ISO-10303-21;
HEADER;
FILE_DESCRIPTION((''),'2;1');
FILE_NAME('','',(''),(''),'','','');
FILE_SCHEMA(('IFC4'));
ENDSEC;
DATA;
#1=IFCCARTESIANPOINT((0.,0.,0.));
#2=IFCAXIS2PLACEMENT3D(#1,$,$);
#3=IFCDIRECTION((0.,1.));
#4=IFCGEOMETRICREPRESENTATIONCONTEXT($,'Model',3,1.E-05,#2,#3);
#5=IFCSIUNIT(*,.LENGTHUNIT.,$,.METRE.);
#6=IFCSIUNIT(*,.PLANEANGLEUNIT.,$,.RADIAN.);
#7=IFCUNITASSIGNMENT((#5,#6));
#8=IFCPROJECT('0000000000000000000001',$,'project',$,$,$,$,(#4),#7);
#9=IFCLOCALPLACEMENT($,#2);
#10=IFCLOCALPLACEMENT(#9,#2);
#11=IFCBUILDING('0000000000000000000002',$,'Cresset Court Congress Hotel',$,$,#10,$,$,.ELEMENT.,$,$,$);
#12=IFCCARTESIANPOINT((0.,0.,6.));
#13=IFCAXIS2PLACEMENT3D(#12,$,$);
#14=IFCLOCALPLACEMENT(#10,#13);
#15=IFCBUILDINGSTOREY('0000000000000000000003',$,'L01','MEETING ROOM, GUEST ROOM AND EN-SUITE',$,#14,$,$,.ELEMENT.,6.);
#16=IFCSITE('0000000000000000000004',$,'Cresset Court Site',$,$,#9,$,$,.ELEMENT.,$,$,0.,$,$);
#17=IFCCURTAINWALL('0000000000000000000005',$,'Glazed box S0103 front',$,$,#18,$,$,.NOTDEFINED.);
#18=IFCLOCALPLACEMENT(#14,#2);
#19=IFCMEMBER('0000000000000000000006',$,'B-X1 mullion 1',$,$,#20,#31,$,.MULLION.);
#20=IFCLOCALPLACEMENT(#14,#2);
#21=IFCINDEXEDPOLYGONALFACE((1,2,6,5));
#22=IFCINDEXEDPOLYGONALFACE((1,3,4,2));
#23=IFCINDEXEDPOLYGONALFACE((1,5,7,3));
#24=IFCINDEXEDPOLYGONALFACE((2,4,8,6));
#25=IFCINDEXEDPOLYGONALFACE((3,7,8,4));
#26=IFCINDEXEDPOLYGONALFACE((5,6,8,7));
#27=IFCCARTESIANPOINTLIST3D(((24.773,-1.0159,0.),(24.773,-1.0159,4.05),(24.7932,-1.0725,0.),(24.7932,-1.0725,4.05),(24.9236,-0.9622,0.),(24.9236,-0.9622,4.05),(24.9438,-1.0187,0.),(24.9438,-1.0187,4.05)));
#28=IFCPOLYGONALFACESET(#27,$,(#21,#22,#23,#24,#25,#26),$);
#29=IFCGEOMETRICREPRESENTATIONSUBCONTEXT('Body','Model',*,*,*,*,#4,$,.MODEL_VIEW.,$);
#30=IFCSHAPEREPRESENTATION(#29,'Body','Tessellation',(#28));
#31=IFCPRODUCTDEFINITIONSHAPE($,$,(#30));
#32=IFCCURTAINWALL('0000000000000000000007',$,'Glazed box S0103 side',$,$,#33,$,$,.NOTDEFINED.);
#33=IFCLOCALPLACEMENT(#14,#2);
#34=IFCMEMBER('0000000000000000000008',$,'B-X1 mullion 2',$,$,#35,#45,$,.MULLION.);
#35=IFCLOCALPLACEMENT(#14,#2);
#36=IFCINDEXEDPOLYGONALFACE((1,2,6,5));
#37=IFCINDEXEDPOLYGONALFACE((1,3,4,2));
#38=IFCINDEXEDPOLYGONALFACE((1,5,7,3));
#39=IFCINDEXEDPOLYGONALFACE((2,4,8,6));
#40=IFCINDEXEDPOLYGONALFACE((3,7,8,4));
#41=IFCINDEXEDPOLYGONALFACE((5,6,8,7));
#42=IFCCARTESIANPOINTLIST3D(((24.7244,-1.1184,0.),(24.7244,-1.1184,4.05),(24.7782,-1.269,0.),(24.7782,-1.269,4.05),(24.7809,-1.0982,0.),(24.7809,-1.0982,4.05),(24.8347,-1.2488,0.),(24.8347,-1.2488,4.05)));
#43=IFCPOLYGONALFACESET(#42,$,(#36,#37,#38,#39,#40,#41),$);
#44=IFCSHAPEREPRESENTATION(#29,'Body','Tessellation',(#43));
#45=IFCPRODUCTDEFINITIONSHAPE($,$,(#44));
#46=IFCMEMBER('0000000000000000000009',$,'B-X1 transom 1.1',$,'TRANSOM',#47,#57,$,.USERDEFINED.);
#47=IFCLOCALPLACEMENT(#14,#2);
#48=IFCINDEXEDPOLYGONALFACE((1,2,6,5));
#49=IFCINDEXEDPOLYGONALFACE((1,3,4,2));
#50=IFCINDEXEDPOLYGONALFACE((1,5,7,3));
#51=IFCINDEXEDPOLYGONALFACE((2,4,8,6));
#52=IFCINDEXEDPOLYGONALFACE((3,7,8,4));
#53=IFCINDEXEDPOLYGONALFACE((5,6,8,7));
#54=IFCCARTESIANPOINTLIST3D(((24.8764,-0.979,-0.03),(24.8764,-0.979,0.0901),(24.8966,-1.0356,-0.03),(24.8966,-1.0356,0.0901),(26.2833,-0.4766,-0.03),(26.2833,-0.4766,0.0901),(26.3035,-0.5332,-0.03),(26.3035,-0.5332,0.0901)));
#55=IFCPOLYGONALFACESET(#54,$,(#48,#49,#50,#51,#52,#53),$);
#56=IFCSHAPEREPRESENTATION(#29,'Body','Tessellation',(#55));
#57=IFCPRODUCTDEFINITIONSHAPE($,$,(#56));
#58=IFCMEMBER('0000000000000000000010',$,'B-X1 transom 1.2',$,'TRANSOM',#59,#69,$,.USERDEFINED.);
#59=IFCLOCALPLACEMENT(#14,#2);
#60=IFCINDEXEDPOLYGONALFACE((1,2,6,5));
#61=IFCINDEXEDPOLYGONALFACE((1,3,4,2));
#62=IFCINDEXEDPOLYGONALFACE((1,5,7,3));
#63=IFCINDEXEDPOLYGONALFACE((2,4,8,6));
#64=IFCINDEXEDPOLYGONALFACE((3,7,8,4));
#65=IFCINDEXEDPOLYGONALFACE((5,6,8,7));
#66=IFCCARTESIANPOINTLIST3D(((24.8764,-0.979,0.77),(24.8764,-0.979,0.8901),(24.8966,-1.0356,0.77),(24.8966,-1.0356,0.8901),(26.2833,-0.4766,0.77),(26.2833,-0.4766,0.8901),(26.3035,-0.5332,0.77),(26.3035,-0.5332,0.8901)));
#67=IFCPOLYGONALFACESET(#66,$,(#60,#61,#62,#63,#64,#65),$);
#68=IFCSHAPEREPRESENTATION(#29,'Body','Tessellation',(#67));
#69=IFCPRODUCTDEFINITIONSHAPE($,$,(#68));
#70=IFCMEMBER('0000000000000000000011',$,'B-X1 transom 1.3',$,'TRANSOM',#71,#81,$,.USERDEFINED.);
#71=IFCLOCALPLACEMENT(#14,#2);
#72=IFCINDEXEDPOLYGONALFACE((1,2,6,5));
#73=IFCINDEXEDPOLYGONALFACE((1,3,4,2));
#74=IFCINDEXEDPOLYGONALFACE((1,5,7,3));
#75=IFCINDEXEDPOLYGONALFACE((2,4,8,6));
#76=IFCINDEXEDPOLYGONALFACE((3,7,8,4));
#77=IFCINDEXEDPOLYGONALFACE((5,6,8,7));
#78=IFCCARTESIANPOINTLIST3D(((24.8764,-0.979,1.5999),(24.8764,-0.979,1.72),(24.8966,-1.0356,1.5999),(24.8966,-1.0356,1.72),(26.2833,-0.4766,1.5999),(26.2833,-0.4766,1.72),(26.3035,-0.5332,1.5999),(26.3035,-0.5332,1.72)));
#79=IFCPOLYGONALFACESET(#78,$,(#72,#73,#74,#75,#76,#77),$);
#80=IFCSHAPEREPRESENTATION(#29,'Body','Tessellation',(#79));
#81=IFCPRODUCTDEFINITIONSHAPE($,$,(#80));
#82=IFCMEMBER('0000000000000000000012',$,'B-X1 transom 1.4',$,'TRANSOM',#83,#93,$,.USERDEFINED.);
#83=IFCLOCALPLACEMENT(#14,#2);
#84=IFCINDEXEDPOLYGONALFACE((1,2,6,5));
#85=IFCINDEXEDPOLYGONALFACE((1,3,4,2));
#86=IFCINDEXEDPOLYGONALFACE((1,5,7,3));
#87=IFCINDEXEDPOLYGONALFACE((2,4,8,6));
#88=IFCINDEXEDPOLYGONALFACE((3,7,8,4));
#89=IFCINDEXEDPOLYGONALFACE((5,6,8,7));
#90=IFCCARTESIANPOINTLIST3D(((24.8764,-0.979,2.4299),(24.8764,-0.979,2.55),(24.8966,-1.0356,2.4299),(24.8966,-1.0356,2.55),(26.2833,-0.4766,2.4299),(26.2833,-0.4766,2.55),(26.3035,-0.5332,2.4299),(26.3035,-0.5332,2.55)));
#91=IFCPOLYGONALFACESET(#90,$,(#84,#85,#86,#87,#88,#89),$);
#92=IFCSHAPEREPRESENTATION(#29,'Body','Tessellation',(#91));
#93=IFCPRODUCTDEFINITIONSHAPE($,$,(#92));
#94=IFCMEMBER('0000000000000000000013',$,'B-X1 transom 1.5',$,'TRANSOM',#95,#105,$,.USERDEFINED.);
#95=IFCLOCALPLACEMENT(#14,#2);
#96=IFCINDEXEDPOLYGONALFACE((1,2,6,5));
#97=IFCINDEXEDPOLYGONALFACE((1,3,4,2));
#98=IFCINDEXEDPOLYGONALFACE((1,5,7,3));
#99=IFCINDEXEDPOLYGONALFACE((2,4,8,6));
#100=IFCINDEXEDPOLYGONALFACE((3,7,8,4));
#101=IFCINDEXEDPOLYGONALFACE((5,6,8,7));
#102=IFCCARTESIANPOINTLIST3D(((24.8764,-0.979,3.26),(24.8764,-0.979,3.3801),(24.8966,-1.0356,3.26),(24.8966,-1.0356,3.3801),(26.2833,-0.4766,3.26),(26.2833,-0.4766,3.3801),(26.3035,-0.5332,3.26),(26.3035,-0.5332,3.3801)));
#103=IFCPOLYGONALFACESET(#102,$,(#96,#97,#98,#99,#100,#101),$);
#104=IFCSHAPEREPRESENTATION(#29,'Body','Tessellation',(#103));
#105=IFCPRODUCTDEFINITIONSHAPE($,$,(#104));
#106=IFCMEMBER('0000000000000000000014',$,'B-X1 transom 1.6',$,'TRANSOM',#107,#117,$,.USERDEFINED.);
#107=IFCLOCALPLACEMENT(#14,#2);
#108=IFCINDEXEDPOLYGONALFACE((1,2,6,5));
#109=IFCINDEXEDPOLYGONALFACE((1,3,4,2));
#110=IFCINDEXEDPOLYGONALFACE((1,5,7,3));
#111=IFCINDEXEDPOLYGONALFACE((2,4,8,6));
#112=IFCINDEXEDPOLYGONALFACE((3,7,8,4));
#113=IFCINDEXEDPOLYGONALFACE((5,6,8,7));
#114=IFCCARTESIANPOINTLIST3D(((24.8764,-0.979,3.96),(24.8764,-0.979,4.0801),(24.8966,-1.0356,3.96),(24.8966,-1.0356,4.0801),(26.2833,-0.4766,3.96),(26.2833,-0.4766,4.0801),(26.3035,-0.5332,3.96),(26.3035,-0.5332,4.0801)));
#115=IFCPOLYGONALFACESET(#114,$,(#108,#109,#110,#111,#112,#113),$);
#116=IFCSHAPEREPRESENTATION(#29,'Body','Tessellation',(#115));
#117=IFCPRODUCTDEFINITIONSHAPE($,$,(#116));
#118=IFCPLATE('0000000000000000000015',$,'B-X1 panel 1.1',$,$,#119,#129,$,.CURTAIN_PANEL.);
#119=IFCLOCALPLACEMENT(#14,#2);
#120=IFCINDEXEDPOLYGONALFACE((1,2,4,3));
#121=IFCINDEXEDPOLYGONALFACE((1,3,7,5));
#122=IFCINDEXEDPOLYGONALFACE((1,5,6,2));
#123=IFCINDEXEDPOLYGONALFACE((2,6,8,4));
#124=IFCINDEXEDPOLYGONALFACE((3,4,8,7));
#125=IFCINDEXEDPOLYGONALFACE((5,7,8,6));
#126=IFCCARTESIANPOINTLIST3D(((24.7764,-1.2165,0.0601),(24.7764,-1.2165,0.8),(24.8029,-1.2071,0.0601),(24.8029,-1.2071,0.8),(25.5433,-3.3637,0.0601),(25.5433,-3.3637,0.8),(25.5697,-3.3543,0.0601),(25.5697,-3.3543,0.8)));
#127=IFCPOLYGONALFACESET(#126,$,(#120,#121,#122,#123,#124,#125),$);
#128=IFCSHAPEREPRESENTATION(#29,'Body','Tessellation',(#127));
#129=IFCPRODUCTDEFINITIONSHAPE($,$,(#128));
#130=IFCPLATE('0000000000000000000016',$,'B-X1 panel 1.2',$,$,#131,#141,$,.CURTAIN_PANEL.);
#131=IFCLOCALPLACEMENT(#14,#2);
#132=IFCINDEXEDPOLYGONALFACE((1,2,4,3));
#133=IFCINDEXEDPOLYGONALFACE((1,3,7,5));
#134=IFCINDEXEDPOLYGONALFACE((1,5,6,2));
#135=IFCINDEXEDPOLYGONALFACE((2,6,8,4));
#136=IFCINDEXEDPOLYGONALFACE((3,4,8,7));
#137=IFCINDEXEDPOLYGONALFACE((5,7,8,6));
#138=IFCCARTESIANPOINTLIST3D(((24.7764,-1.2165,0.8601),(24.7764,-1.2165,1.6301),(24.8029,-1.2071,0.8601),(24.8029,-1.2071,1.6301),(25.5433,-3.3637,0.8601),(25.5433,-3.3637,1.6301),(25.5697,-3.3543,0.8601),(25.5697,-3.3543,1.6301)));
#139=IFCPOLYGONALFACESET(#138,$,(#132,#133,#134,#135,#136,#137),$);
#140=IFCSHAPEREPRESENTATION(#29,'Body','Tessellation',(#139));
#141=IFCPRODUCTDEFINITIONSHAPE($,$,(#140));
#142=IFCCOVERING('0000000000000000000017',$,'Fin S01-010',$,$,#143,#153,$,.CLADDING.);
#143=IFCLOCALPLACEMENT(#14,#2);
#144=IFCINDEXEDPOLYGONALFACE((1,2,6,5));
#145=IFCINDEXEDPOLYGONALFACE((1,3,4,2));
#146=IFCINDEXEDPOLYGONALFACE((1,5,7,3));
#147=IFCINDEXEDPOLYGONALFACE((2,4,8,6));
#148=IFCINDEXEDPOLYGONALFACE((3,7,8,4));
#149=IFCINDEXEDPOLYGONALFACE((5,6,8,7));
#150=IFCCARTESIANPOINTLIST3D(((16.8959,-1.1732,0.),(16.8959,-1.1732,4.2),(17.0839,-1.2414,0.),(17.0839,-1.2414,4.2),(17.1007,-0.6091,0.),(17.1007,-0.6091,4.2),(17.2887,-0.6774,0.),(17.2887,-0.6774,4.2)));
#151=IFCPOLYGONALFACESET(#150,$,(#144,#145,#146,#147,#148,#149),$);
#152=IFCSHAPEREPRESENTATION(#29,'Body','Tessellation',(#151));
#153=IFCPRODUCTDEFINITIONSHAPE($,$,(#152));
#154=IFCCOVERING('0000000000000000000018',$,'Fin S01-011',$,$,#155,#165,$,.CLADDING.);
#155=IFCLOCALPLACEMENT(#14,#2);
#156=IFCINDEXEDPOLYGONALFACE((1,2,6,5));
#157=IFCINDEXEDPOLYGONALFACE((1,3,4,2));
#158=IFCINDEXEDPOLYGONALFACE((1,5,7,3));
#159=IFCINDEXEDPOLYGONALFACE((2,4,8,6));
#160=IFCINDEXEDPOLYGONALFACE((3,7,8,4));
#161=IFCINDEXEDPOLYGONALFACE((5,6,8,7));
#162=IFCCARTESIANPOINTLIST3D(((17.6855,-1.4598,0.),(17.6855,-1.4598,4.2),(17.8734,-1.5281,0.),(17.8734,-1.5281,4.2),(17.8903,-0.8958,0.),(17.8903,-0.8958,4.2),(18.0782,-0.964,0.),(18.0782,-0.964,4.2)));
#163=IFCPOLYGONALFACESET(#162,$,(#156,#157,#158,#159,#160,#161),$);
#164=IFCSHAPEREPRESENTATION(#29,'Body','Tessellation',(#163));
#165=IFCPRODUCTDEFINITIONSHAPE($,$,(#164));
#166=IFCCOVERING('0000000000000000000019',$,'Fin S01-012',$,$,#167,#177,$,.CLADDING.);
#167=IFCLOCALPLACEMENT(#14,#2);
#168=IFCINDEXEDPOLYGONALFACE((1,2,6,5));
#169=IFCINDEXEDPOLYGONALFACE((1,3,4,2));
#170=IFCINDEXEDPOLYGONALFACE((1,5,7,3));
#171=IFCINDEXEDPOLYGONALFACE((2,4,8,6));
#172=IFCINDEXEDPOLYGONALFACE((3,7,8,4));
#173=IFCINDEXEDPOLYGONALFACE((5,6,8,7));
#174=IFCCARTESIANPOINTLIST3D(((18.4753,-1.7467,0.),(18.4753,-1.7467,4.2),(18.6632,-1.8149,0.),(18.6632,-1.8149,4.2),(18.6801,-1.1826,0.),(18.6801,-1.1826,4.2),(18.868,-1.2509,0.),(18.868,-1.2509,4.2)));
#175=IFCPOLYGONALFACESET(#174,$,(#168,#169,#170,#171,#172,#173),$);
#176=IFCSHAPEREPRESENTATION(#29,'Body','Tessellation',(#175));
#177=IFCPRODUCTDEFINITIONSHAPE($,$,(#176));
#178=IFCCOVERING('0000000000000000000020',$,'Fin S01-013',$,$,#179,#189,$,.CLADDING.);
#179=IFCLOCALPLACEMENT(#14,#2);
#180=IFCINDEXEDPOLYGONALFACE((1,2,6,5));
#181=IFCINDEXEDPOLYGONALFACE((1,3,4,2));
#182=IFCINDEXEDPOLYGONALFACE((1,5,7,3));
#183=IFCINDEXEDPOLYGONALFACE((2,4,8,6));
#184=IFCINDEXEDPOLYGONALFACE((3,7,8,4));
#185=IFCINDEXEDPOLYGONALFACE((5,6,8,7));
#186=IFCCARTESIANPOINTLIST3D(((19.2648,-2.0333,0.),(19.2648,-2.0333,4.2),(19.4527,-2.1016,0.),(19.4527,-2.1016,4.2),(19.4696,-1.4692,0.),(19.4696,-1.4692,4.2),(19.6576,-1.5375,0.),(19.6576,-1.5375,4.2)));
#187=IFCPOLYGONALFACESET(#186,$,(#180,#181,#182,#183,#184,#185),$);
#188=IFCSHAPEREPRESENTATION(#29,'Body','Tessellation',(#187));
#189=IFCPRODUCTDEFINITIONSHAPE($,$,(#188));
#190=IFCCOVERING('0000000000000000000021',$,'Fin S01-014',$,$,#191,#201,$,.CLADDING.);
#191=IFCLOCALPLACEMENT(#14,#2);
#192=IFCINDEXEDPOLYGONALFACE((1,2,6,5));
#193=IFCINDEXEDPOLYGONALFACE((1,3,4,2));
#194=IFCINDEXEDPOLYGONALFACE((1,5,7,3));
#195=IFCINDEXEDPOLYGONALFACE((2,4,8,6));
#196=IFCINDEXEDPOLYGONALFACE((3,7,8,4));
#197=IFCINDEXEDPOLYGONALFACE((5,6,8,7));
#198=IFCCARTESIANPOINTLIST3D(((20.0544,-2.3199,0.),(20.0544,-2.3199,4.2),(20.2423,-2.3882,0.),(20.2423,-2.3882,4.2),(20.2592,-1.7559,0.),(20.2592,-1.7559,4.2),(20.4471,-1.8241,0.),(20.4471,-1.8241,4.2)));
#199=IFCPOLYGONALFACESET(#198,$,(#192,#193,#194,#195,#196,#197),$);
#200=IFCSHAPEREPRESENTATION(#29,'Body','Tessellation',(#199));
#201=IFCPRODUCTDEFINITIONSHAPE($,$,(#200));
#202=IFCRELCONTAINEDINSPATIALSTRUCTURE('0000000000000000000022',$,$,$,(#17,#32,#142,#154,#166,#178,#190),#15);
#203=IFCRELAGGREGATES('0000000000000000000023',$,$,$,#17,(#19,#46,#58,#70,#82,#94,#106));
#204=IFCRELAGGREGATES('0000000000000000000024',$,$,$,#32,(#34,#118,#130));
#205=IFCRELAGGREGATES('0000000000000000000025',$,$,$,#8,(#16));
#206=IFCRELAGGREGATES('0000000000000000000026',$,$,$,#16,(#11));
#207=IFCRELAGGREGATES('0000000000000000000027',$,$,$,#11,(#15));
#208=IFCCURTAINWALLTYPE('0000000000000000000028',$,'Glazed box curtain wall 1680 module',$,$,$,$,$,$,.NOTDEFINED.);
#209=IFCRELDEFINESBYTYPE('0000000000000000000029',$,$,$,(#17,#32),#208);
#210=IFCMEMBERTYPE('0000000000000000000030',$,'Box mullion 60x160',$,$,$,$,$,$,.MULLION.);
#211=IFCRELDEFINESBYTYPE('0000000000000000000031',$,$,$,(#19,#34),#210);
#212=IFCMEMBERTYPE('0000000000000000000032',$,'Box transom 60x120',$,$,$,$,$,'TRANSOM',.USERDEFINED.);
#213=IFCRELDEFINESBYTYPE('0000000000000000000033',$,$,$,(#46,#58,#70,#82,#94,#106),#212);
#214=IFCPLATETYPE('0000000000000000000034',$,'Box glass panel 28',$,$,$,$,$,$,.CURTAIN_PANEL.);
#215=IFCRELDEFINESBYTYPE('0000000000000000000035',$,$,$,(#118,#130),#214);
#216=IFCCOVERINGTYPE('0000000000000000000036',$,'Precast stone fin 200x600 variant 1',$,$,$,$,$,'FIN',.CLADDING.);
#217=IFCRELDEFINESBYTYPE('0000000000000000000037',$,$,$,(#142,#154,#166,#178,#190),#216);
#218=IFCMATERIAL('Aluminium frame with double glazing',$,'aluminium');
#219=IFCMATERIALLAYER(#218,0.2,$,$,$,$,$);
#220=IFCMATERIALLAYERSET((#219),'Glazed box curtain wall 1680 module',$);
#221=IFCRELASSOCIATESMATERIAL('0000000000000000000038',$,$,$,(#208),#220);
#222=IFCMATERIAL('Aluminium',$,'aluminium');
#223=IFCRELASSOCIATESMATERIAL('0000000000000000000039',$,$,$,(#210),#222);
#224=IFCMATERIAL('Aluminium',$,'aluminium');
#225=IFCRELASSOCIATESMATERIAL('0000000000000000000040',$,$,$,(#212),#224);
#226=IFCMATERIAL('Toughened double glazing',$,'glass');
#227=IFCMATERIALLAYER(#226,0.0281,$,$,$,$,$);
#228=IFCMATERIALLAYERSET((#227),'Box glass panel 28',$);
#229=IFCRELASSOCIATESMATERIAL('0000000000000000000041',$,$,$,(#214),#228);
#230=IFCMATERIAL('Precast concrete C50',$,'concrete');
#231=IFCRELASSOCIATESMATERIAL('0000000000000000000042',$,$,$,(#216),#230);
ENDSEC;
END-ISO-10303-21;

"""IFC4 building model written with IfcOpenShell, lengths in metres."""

from ifc_helpers import new_model, si_unit, direction, frame, origin, origin_2d, place, context, subcontext, project, spatial, rectangle, extrude, material, layer, layer_set, material_profile, profile_set, type_object, element, aggregate, save


model = new_model("IFC4")

# Units and contexts
model_context = context("Model", 3, precision=1e-05, world=origin(), true_north=direction((0.0, 1.0)))
body_context = subcontext(model_context, "Body", "Model", "MODEL_VIEW")
ifc_project = project(units=[si_unit("LENGTHUNIT", "METRE"), si_unit("PLANEANGLEUNIT", "RADIAN")], contexts=[model_context])

# Site, building, storey
site_placement = place(None, origin())
site = spatial("IfcSite", under=ifc_project, at=site_placement, Name="Cresset Court Site", CompositionType="ELEMENT", RefElevation=0.0)
building_placement = place(site_placement, origin())
building = spatial("IfcBuilding", under=site, at=building_placement, Name="Cresset Court Congress Hotel", CompositionType="ELEMENT")
storey_placement = place(building_placement, frame((0.0, 0.0, 6.0)))
storey = spatial("IfcBuildingStorey", under=building, at=storey_placement, Name="L01", Description="MEETING ROOM, GUEST ROOM AND EN-SUITE", CompositionType="ELEMENT", Elevation=6.0)

# Curtain walls, members
ifc_material_1 = material(Name="Aluminium frame with double glazing", Category="aluminium")
ifc_layer_1 = layer(ifc_material_1, 0.2)
ifc_layer_set_1 = layer_set([ifc_layer_1], Name="Glazed box curtain wall 1680 module")
curtain_wall_type = type_object("IfcCurtainWallType", Name="Glazed box curtain wall 1680 module", PredefinedType="NOTDEFINED", material=ifc_layer_set_1)
curtain_wall_1_placement = place(storey_placement, origin())
curtain_wall_1 = element("IfcCurtainWall", 1, at=curtain_wall_1_placement, inside=storey, type_object=curtain_wall_type, Name="Glazed box S0103 front", PredefinedType="NOTDEFINED")
ifc_material_2 = material(Name="Aluminium", Category="aluminium")
ifc_material_profile_1 = material_profile(ifc_material_2, rectangle(XDim=0.0601, YDim=0.1599, at=origin_2d()), Name="Box mullion 60x160")
ifc_profile_set_1 = profile_set([ifc_material_profile_1], Name="Aluminium")
member_type_1 = type_object("IfcMemberType", Name="Box mullion 60x160", PredefinedType="MULLION", material=ifc_profile_set_1)
member_1_placement = place(storey_placement, frame((24.8584, -1.0173, 0.0), z_axis=(0.0, 0.0, 1.0), x_axis=(-0.336336, 0.941742, 0.0)))
member_1 = element("IfcMember", 2, at=member_1_placement, type_object=member_type_1, Name="B-X1 mullion 1", PredefinedType="MULLION", context=body_context, shape_type="SweptSolid", body=[
    extrude(rectangle(XDim=0.0601, YDim=0.1599, at=origin_2d()), origin(), (0.0, 0.0, 1.0), 4.05),
])
curtain_wall_2_placement = place(storey_placement, origin())
curtain_wall_2 = element("IfcCurtainWall", 3, at=curtain_wall_2_placement, inside=storey, type_object=curtain_wall_type, Name="Glazed box S0103 side", PredefinedType="NOTDEFINED")
member_2_placement = place(storey_placement, frame((24.7795, -1.1836, 0.0), z_axis=(0.0, 0.0, 1.0), x_axis=(-0.941742, -0.336336, 0.0)))
member_2 = element("IfcMember", 4, at=member_2_placement, type_object=member_type_1, Name="B-X1 mullion 2", PredefinedType="MULLION", context=body_context, shape_type="SweptSolid", body=[
    extrude(rectangle(XDim=0.0601, YDim=0.1599, at=origin_2d()), origin(), (0.0, 0.0, 1.0), 4.05),
])

# Members
ifc_material_3 = material(Name="Aluminium", Category="aluminium")
ifc_material_profile_2 = material_profile(ifc_material_3, rectangle(XDim=0.0601, YDim=0.1201, at=origin_2d()), Name="Box transom 60x120")
ifc_profile_set_2 = profile_set([ifc_material_profile_2], Name="Aluminium")
member_type_2 = type_object("IfcMemberType", Name="Box transom 60x120", ElementType="TRANSOM", PredefinedType="USERDEFINED", material=ifc_profile_set_2)
member_3_placement = place(storey_placement, frame((24.8865, -1.0073, 0.03), z_axis=(0.941753, 0.336305, 0.0), x_axis=(-0.336305, 0.941753, 0.0)))
member_3 = element("IfcMember", 5, at=member_3_placement, type_object=member_type_2, Name="B-X1 transom 1.1", ObjectType="TRANSOM", PredefinedType="USERDEFINED", context=body_context, shape_type="SweptSolid", body=[
    extrude(rectangle(XDim=0.0601, YDim=0.1201, at=origin_2d()), origin(), (0.0, 0.0, 1.0), 1.4939),
])
member_4_placement = place(storey_placement, frame((24.8865, -1.0073, 0.8301), z_axis=(0.941753, 0.336305, 0.0), x_axis=(-0.336305, 0.941753, 0.0)))
member_4 = element("IfcMember", 6, at=member_4_placement, type_object=member_type_2, Name="B-X1 transom 1.2", ObjectType="TRANSOM", PredefinedType="USERDEFINED", context=body_context, shape_type="SweptSolid", body=[
    extrude(rectangle(XDim=0.0601, YDim=0.1201, at=origin_2d()), origin(), (0.0, 0.0, 1.0), 1.4939),
])
member_5_placement = place(storey_placement, frame((24.8865, -1.0073, 1.6599), z_axis=(0.941753, 0.336305, 0.0), x_axis=(-0.336305, 0.941753, 0.0)))
member_5 = element("IfcMember", 7, at=member_5_placement, type_object=member_type_2, Name="B-X1 transom 1.3", ObjectType="TRANSOM", PredefinedType="USERDEFINED", context=body_context, shape_type="SweptSolid", body=[
    extrude(rectangle(XDim=0.0601, YDim=0.1201, at=origin_2d()), origin(), (0.0, 0.0, 1.0), 1.4939),
])
member_6_placement = place(storey_placement, frame((24.8865, -1.0073, 2.49), z_axis=(0.941753, 0.336305, 0.0), x_axis=(-0.336305, 0.941753, 0.0)))
member_6 = element("IfcMember", 8, at=member_6_placement, type_object=member_type_2, Name="B-X1 transom 1.4", ObjectType="TRANSOM", PredefinedType="USERDEFINED", context=body_context, shape_type="SweptSolid", body=[
    extrude(rectangle(XDim=0.0601, YDim=0.1201, at=origin_2d()), origin(), (0.0, 0.0, 1.0), 1.4939),
])
member_7_placement = place(storey_placement, frame((24.8865, -1.0073, 3.3201), z_axis=(0.941753, 0.336305, 0.0), x_axis=(-0.336305, 0.941753, 0.0)))
member_7 = element("IfcMember", 9, at=member_7_placement, type_object=member_type_2, Name="B-X1 transom 1.5", ObjectType="TRANSOM", PredefinedType="USERDEFINED", context=body_context, shape_type="SweptSolid", body=[
    extrude(rectangle(XDim=0.0601, YDim=0.1201, at=origin_2d()), origin(), (0.0, 0.0, 1.0), 1.4939),
])
member_8_placement = place(storey_placement, frame((24.8865, -1.0073, 4.02), z_axis=(0.941753, 0.336305, 0.0), x_axis=(-0.336305, 0.941753, 0.0)))
member_8 = element("IfcMember", 10, at=member_8_placement, type_object=member_type_2, Name="B-X1 transom 1.6", ObjectType="TRANSOM", PredefinedType="USERDEFINED", context=body_context, shape_type="SweptSolid", body=[
    extrude(rectangle(XDim=0.0601, YDim=0.1201, at=origin_2d()), origin(), (0.0, 0.0, 1.0), 1.4939),
])
aggregate(curtain_wall_1, [member_1, member_3, member_4, member_5, member_6, member_7, member_8])

# Plates
ifc_material_4 = material(Name="Toughened double glazing", Category="glass")
ifc_layer_2 = layer(ifc_material_4, 0.0281)
ifc_layer_set_2 = layer_set([ifc_layer_2], Name="Box glass panel 28")
plate_type = type_object("IfcPlateType", Name="Box glass panel 28", PredefinedType="CURTAIN_PANEL", material=ifc_layer_set_2)
plate_1_placement = place(storey_placement, frame((25.1731, -2.2854, 0.0601), z_axis=(0.0, 0.0, 1.0), x_axis=(-0.336336, 0.941742, 0.0)))
plate_1 = element("IfcPlate", 11, at=plate_1_placement, type_object=plate_type, Name="B-X1 panel 1.1", PredefinedType="CURTAIN_PANEL", context=body_context, shape_type="SweptSolid", body=[
    extrude(rectangle(XDim=2.28, YDim=0.0281, at=origin_2d()), origin(), (0.0, 0.0, 1.0), 0.74),
])
plate_2_placement = place(storey_placement, frame((25.1731, -2.2854, 0.8601), z_axis=(0.0, 0.0, 1.0), x_axis=(-0.336336, 0.941742, 0.0)))
plate_2 = element("IfcPlate", 12, at=plate_2_placement, type_object=plate_type, Name="B-X1 panel 1.2", PredefinedType="CURTAIN_PANEL", context=body_context, shape_type="SweptSolid", body=[
    extrude(rectangle(XDim=2.28, YDim=0.0281, at=origin_2d()), origin(), (0.0, 0.0, 1.0), 0.77),
])
aggregate(curtain_wall_2, [member_2, plate_1, plate_2])

# Coverings
ifc_material_5 = material(Name="Precast concrete C50", Category="concrete")
covering_type_1 = type_object("IfcCoveringType", Name="Precast stone fin 200x600 variant 1", ElementType="FIN", PredefinedType="CLADDING", material=ifc_material_5)
for number, where, z_axis, x_axis, name in (
    (13, (17.0923, -0.9253, 0.0), (0.0, 0.0, 1.0), (0.939957, -0.341293, 0.0), "Fin S01-010"),
    (14, (17.8818, -1.2119, 0.0), (0.0, 0.0, 1.0), (0.939957, -0.341293, 0.0), "Fin S01-011"),
    (15, (18.6716, -1.4988, 0.0), (0.0, 0.0, 1.0), (0.939957, -0.341293, 0.0), "Fin S01-012"),
    (16, (19.4612, -1.7854, 0.0), (0.0, 0.0, 1.0), (0.939957, -0.341293, 0.0), "Fin S01-013"),
    (17, (20.2507, -2.072, 0.0), (0.0, 0.0, 1.0), (0.939957, -0.341293, 0.0), "Fin S01-014"),
):
    element("IfcCovering", number, at=place(storey_placement, frame(where, z_axis=z_axis, x_axis=x_axis)), inside=storey, type_object=covering_type_1, Name=name, PredefinedType="CLADDING", context=body_context, shape_type="SweptSolid", body=[
        extrude(rectangle(XDim=0.2, YDim=0.6001, at=origin_2d()), origin(), (0.0, 0.0, 1.0), 4.2),
    ])

save(model, "model.ifc")
